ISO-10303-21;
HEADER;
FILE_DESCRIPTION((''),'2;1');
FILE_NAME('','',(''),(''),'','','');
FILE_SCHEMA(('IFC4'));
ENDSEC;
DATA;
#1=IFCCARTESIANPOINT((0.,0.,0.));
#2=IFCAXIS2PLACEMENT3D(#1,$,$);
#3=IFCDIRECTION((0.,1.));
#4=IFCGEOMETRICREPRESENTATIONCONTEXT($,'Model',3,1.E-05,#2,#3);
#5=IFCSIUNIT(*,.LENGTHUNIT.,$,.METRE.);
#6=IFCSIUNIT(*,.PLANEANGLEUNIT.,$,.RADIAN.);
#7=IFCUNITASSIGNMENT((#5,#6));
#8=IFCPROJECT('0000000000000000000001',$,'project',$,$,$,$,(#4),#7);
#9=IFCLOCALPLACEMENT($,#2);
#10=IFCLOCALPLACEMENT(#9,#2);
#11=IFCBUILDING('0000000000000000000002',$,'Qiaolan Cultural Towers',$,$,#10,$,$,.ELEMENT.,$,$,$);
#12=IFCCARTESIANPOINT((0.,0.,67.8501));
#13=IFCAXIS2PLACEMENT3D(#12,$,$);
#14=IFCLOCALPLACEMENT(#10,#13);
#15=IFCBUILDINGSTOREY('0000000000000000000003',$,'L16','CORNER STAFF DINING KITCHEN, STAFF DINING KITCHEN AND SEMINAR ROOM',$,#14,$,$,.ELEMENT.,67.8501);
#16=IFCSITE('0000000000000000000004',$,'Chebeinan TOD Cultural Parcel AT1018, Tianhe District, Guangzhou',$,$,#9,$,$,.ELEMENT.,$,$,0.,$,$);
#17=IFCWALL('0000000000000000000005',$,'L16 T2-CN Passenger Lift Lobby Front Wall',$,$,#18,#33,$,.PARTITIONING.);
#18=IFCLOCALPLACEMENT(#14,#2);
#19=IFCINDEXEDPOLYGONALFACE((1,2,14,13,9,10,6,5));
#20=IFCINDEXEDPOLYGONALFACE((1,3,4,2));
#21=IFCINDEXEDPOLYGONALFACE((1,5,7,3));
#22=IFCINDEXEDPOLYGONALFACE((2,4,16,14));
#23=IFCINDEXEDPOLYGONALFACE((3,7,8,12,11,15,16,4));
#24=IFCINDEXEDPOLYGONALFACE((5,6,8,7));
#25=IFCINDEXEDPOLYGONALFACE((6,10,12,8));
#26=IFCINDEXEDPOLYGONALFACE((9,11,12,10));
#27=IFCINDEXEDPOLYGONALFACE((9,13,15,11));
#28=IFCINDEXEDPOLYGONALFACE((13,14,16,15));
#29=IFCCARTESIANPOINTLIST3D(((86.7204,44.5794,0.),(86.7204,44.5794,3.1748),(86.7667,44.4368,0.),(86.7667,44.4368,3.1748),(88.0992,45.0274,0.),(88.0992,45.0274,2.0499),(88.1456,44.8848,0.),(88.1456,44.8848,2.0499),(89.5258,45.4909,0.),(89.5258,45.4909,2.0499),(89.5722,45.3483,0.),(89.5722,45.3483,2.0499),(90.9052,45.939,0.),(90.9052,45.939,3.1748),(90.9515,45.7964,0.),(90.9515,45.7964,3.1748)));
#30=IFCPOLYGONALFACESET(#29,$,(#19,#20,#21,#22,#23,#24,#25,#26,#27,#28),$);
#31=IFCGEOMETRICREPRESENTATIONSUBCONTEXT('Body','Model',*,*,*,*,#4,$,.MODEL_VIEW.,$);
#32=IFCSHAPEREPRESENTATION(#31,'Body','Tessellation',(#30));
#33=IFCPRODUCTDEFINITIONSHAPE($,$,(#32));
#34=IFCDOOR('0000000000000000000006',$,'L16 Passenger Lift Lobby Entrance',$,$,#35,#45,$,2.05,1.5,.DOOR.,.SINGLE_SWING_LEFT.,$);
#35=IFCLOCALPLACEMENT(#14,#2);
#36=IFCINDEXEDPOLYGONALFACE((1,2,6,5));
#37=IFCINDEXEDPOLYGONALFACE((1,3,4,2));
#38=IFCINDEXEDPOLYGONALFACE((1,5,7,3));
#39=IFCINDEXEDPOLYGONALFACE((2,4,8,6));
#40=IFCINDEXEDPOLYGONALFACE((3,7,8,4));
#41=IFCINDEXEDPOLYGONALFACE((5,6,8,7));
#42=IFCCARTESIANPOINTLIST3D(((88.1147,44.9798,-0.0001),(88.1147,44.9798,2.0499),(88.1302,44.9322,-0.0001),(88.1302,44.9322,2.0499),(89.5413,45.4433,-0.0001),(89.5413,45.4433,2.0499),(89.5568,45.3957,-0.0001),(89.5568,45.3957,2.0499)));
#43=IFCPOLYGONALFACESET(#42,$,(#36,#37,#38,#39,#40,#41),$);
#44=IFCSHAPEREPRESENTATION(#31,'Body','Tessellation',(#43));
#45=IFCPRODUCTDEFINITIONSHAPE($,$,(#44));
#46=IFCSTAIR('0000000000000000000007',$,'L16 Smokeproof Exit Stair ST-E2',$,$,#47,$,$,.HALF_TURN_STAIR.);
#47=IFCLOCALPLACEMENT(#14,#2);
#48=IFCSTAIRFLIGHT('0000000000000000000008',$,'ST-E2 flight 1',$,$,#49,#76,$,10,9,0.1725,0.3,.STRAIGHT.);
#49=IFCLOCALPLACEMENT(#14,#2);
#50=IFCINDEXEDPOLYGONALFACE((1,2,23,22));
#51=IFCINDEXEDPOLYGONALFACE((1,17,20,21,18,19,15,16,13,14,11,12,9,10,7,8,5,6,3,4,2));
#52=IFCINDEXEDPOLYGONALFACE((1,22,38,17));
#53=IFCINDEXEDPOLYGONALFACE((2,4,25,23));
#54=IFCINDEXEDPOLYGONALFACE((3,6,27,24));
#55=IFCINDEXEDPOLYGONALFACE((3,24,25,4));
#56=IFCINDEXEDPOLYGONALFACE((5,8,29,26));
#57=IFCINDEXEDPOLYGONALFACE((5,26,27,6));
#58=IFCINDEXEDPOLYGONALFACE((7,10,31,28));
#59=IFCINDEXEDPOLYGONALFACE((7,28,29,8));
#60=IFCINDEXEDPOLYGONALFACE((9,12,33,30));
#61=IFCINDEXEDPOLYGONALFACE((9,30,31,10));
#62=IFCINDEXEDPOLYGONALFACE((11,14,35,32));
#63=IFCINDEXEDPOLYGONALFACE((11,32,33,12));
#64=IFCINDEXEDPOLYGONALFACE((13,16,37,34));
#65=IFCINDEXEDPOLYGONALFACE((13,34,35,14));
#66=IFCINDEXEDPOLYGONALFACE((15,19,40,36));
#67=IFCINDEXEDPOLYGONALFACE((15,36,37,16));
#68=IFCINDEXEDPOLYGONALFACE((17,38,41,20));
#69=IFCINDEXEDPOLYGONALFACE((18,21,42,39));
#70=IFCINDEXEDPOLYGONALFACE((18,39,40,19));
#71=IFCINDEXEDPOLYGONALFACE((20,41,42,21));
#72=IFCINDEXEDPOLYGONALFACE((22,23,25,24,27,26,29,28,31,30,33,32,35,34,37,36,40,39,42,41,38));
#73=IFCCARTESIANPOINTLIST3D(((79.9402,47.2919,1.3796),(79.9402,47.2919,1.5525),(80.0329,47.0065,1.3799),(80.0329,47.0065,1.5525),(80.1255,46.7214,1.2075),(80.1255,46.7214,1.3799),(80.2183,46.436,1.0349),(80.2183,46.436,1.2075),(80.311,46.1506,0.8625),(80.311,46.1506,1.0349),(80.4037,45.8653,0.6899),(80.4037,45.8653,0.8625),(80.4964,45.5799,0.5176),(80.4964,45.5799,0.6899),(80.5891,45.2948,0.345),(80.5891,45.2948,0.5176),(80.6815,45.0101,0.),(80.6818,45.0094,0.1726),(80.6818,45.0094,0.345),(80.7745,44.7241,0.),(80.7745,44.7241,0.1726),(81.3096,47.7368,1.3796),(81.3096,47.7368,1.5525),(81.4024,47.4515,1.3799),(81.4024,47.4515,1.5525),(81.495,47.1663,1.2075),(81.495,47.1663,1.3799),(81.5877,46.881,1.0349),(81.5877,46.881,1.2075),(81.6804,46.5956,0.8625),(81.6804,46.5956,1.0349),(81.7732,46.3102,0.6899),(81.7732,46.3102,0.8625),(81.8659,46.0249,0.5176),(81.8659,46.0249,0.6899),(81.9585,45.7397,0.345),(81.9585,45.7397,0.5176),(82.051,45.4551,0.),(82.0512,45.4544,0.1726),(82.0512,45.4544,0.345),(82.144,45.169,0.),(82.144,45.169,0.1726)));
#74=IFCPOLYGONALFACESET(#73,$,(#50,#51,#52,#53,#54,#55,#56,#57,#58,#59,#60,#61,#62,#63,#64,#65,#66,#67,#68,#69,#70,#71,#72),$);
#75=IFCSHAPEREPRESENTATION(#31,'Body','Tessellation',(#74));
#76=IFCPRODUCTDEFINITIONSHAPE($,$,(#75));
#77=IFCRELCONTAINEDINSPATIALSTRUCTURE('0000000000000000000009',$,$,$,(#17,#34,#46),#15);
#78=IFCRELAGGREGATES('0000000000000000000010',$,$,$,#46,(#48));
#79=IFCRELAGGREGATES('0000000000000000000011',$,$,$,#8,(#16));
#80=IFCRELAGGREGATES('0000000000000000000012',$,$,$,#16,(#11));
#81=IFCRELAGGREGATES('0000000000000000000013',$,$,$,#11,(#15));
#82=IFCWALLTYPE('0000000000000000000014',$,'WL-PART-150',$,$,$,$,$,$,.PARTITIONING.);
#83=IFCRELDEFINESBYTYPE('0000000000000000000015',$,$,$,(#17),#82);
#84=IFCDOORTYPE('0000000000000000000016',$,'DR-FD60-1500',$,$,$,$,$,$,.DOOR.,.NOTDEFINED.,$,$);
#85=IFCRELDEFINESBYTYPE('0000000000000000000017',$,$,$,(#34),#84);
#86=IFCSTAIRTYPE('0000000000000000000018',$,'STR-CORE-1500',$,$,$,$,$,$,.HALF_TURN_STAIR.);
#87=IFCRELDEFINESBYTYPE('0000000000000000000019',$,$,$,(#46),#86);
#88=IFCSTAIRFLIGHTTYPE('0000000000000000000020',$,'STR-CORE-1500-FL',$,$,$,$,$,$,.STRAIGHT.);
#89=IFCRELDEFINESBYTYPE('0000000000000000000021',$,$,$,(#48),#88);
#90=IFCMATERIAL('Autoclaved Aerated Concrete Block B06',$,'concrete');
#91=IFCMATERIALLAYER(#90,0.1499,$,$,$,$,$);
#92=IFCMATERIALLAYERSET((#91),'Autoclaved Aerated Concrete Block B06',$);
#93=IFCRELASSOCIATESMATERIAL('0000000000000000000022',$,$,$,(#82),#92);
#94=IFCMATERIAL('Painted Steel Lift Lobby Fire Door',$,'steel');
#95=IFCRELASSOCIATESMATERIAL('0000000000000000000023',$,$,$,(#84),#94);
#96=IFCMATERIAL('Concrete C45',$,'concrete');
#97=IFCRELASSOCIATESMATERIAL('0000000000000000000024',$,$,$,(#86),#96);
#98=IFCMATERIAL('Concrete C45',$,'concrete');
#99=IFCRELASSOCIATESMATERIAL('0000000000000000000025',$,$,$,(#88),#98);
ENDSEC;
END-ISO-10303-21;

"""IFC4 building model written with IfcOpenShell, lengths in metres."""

from ifc_helpers import new_model, si_unit, direction, frame, frame_2d, origin, place, context, subcontext, project, spatial, polyline, rectangle, outline, extrude, material, layer, layer_set, type_object, element, fill, aggregate, save


model = new_model("IFC4")

# Units and contexts
model_context = context("Model", 3, precision=1e-05, world=origin(), true_north=direction((0.0, 1.0)))
body_context = subcontext(model_context, "Body", "Model", "MODEL_VIEW")
ifc_project = project(units=[si_unit("LENGTHUNIT", "METRE"), si_unit("PLANEANGLEUNIT", "RADIAN")], contexts=[model_context])

# Site, building, storey
site_placement = place(None, origin())
site = spatial("IfcSite", under=ifc_project, at=site_placement, Name="Chebeinan TOD Cultural Parcel AT1018, Tianhe District, Guangzhou", CompositionType="ELEMENT", RefElevation=0.0)
building_placement = place(site_placement, origin())
building = spatial("IfcBuilding", under=site, at=building_placement, Name="Qiaolan Cultural Towers", CompositionType="ELEMENT")
storey_placement = place(building_placement, frame((0.0, 0.0, 67.8501)))
storey = spatial("IfcBuildingStorey", under=building, at=storey_placement, Name="L16", Description="CORNER STAFF DINING KITCHEN, STAFF DINING KITCHEN AND SEMINAR ROOM", CompositionType="ELEMENT", Elevation=67.8501)

# Wall, opening, door
ifc_material_1 = material(Name="Autoclaved Aerated Concrete Block B06", Category="concrete")
ifc_layer_1 = layer(ifc_material_1, 0.1499)
ifc_layer_set_1 = layer_set([ifc_layer_1], Name="Autoclaved Aerated Concrete Block B06")
wall_type_1 = type_object("IfcWallType", Name="WL-PART-150", PredefinedType="PARTITIONING", material=ifc_layer_set_1)
wall_1_placement = place(storey_placement, frame((86.7434, 44.5081, 0.0), z_axis=(0.0, 0.0, 1.0), x_axis=(0.951064, 0.308994, 0.0)))
wall_1 = element("IfcWall", 1, at=wall_1_placement, inside=storey, type_object=wall_type_1, Name="L16 T2-CN Passenger Lift Lobby Front Wall", PredefinedType="PARTITIONING", context=body_context, shape_type="SweptSolid", body=[
    extrude(rectangle(XDim=4.4001, YDim=0.1499, at=frame_2d((2.2002, 0.0))), origin(), (0.0, 0.0, 1.0), 3.1748),
])
opening_1_placement = place(wall_1_placement, frame((1.45, 0.0, 0.0)))
opening_1 = element("IfcOpeningElement", 2, at=opening_1_placement, cuts=wall_1, PredefinedType="OPENING", context=body_context, shape_type="SweptSolid", body=[
    extrude(rectangle(XDim=1.5, YDim=2.05, at=frame_2d((0.75, 1.0249))), frame((0.0, 0.085, 0.0), z_axis=(0.0, -1.0, 0.0), x_axis=(1.0, 0.0, 0.0)), (0.0, 0.0, 1.0), 0.1699),
])
ifc_material_2 = material(Name="Painted Steel Lift Lobby Fire Door", Category="steel")
door_type_1 = type_object("IfcDoorType", Name="DR-FD60-1500", OperationType="NOTDEFINED", PredefinedType="DOOR", material=ifc_material_2)
door_1_placement = place(opening_1_placement, origin())
door_1 = element("IfcDoor", 3, at=door_1_placement, inside=storey, type_object=door_type_1, Name="L16 Passenger Lift Lobby Entrance", OperationType="SINGLE_SWING_LEFT", OverallHeight=2.05, OverallWidth=1.5, PredefinedType="DOOR", context=body_context, shape_type="SweptSolid", body=[
    extrude(rectangle(XDim=1.5, YDim=2.05, at=frame_2d((0.75, 1.0249))), frame((0.0, 0.0249, 0.0), z_axis=(0.0, -1.0, 0.0), x_axis=(1.0, 0.0, 0.0)), (0.0, 0.0, 1.0), 0.05),
])
fill(opening_1, door_1)

# Stair, stair flight
ifc_material_3 = material(Name="Concrete C45", Category="concrete")
stair_type = type_object("IfcStairType", Name="STR-CORE-1500", PredefinedType="HALF_TURN_STAIR", material=ifc_material_3)
stair_placement = place(storey_placement, origin())
stair = element("IfcStair", 4, at=stair_placement, inside=storey, type_object=stair_type, Name="L16 Smokeproof Exit Stair ST-E2", PredefinedType="HALF_TURN_STAIR")
ifc_material_4 = material(Name="Concrete C45", Category="concrete")
stair_flight_type = type_object("IfcStairFlightType", Name="STR-CORE-1500-FL", PredefinedType="STRAIGHT", material=ifc_material_4)
stair_flight_placement = place(storey_placement, frame((81.4592, 44.9465, 0.0), z_axis=(0.0, 0.0, 1.0), x_axis=(-0.309017, 0.951057, 0.0)))
stair_flight = element("IfcStairFlight", 5, at=stair_flight_placement, type_object=stair_flight_type, Name="ST-E2 flight 1", NumberOfRisers=10, NumberOfTreads=9, PredefinedType="STRAIGHT", RiserHeight=0.1725, TreadLength=0.3, context=body_context, shape_type="SweptSolid", body=[
    extrude(outline(polyline([(0.0, 0.0), (0.0, 0.1726), (0.3, 0.1726), (0.3, 0.345), (0.6001, 0.345), (0.6001, 0.5176), (0.8999, 0.5176), (0.8999, 0.6899), (1.2, 0.6899), (1.2, 0.8625), (1.5, 0.8625), (1.5, 1.0349), (1.8, 1.0349), (1.8, 1.2075), (2.1001, 1.2075), (2.1001, 1.3799), (2.3999, 1.3799), (2.3999, 1.5525), (2.7, 1.5525), (2.7, 1.7251), (2.7, 1.3796), (0.3008, 0.0), (0.0, 0.0)])), frame((0.0, 0.72, 0.0), z_axis=(0.0, -1.0, 0.0), x_axis=(1.0, 0.0, 0.0)), (0.0, 0.0, 1.0), 1.4399),
])
aggregate(stair, [stair_flight])

save(model, "model.ifc")
